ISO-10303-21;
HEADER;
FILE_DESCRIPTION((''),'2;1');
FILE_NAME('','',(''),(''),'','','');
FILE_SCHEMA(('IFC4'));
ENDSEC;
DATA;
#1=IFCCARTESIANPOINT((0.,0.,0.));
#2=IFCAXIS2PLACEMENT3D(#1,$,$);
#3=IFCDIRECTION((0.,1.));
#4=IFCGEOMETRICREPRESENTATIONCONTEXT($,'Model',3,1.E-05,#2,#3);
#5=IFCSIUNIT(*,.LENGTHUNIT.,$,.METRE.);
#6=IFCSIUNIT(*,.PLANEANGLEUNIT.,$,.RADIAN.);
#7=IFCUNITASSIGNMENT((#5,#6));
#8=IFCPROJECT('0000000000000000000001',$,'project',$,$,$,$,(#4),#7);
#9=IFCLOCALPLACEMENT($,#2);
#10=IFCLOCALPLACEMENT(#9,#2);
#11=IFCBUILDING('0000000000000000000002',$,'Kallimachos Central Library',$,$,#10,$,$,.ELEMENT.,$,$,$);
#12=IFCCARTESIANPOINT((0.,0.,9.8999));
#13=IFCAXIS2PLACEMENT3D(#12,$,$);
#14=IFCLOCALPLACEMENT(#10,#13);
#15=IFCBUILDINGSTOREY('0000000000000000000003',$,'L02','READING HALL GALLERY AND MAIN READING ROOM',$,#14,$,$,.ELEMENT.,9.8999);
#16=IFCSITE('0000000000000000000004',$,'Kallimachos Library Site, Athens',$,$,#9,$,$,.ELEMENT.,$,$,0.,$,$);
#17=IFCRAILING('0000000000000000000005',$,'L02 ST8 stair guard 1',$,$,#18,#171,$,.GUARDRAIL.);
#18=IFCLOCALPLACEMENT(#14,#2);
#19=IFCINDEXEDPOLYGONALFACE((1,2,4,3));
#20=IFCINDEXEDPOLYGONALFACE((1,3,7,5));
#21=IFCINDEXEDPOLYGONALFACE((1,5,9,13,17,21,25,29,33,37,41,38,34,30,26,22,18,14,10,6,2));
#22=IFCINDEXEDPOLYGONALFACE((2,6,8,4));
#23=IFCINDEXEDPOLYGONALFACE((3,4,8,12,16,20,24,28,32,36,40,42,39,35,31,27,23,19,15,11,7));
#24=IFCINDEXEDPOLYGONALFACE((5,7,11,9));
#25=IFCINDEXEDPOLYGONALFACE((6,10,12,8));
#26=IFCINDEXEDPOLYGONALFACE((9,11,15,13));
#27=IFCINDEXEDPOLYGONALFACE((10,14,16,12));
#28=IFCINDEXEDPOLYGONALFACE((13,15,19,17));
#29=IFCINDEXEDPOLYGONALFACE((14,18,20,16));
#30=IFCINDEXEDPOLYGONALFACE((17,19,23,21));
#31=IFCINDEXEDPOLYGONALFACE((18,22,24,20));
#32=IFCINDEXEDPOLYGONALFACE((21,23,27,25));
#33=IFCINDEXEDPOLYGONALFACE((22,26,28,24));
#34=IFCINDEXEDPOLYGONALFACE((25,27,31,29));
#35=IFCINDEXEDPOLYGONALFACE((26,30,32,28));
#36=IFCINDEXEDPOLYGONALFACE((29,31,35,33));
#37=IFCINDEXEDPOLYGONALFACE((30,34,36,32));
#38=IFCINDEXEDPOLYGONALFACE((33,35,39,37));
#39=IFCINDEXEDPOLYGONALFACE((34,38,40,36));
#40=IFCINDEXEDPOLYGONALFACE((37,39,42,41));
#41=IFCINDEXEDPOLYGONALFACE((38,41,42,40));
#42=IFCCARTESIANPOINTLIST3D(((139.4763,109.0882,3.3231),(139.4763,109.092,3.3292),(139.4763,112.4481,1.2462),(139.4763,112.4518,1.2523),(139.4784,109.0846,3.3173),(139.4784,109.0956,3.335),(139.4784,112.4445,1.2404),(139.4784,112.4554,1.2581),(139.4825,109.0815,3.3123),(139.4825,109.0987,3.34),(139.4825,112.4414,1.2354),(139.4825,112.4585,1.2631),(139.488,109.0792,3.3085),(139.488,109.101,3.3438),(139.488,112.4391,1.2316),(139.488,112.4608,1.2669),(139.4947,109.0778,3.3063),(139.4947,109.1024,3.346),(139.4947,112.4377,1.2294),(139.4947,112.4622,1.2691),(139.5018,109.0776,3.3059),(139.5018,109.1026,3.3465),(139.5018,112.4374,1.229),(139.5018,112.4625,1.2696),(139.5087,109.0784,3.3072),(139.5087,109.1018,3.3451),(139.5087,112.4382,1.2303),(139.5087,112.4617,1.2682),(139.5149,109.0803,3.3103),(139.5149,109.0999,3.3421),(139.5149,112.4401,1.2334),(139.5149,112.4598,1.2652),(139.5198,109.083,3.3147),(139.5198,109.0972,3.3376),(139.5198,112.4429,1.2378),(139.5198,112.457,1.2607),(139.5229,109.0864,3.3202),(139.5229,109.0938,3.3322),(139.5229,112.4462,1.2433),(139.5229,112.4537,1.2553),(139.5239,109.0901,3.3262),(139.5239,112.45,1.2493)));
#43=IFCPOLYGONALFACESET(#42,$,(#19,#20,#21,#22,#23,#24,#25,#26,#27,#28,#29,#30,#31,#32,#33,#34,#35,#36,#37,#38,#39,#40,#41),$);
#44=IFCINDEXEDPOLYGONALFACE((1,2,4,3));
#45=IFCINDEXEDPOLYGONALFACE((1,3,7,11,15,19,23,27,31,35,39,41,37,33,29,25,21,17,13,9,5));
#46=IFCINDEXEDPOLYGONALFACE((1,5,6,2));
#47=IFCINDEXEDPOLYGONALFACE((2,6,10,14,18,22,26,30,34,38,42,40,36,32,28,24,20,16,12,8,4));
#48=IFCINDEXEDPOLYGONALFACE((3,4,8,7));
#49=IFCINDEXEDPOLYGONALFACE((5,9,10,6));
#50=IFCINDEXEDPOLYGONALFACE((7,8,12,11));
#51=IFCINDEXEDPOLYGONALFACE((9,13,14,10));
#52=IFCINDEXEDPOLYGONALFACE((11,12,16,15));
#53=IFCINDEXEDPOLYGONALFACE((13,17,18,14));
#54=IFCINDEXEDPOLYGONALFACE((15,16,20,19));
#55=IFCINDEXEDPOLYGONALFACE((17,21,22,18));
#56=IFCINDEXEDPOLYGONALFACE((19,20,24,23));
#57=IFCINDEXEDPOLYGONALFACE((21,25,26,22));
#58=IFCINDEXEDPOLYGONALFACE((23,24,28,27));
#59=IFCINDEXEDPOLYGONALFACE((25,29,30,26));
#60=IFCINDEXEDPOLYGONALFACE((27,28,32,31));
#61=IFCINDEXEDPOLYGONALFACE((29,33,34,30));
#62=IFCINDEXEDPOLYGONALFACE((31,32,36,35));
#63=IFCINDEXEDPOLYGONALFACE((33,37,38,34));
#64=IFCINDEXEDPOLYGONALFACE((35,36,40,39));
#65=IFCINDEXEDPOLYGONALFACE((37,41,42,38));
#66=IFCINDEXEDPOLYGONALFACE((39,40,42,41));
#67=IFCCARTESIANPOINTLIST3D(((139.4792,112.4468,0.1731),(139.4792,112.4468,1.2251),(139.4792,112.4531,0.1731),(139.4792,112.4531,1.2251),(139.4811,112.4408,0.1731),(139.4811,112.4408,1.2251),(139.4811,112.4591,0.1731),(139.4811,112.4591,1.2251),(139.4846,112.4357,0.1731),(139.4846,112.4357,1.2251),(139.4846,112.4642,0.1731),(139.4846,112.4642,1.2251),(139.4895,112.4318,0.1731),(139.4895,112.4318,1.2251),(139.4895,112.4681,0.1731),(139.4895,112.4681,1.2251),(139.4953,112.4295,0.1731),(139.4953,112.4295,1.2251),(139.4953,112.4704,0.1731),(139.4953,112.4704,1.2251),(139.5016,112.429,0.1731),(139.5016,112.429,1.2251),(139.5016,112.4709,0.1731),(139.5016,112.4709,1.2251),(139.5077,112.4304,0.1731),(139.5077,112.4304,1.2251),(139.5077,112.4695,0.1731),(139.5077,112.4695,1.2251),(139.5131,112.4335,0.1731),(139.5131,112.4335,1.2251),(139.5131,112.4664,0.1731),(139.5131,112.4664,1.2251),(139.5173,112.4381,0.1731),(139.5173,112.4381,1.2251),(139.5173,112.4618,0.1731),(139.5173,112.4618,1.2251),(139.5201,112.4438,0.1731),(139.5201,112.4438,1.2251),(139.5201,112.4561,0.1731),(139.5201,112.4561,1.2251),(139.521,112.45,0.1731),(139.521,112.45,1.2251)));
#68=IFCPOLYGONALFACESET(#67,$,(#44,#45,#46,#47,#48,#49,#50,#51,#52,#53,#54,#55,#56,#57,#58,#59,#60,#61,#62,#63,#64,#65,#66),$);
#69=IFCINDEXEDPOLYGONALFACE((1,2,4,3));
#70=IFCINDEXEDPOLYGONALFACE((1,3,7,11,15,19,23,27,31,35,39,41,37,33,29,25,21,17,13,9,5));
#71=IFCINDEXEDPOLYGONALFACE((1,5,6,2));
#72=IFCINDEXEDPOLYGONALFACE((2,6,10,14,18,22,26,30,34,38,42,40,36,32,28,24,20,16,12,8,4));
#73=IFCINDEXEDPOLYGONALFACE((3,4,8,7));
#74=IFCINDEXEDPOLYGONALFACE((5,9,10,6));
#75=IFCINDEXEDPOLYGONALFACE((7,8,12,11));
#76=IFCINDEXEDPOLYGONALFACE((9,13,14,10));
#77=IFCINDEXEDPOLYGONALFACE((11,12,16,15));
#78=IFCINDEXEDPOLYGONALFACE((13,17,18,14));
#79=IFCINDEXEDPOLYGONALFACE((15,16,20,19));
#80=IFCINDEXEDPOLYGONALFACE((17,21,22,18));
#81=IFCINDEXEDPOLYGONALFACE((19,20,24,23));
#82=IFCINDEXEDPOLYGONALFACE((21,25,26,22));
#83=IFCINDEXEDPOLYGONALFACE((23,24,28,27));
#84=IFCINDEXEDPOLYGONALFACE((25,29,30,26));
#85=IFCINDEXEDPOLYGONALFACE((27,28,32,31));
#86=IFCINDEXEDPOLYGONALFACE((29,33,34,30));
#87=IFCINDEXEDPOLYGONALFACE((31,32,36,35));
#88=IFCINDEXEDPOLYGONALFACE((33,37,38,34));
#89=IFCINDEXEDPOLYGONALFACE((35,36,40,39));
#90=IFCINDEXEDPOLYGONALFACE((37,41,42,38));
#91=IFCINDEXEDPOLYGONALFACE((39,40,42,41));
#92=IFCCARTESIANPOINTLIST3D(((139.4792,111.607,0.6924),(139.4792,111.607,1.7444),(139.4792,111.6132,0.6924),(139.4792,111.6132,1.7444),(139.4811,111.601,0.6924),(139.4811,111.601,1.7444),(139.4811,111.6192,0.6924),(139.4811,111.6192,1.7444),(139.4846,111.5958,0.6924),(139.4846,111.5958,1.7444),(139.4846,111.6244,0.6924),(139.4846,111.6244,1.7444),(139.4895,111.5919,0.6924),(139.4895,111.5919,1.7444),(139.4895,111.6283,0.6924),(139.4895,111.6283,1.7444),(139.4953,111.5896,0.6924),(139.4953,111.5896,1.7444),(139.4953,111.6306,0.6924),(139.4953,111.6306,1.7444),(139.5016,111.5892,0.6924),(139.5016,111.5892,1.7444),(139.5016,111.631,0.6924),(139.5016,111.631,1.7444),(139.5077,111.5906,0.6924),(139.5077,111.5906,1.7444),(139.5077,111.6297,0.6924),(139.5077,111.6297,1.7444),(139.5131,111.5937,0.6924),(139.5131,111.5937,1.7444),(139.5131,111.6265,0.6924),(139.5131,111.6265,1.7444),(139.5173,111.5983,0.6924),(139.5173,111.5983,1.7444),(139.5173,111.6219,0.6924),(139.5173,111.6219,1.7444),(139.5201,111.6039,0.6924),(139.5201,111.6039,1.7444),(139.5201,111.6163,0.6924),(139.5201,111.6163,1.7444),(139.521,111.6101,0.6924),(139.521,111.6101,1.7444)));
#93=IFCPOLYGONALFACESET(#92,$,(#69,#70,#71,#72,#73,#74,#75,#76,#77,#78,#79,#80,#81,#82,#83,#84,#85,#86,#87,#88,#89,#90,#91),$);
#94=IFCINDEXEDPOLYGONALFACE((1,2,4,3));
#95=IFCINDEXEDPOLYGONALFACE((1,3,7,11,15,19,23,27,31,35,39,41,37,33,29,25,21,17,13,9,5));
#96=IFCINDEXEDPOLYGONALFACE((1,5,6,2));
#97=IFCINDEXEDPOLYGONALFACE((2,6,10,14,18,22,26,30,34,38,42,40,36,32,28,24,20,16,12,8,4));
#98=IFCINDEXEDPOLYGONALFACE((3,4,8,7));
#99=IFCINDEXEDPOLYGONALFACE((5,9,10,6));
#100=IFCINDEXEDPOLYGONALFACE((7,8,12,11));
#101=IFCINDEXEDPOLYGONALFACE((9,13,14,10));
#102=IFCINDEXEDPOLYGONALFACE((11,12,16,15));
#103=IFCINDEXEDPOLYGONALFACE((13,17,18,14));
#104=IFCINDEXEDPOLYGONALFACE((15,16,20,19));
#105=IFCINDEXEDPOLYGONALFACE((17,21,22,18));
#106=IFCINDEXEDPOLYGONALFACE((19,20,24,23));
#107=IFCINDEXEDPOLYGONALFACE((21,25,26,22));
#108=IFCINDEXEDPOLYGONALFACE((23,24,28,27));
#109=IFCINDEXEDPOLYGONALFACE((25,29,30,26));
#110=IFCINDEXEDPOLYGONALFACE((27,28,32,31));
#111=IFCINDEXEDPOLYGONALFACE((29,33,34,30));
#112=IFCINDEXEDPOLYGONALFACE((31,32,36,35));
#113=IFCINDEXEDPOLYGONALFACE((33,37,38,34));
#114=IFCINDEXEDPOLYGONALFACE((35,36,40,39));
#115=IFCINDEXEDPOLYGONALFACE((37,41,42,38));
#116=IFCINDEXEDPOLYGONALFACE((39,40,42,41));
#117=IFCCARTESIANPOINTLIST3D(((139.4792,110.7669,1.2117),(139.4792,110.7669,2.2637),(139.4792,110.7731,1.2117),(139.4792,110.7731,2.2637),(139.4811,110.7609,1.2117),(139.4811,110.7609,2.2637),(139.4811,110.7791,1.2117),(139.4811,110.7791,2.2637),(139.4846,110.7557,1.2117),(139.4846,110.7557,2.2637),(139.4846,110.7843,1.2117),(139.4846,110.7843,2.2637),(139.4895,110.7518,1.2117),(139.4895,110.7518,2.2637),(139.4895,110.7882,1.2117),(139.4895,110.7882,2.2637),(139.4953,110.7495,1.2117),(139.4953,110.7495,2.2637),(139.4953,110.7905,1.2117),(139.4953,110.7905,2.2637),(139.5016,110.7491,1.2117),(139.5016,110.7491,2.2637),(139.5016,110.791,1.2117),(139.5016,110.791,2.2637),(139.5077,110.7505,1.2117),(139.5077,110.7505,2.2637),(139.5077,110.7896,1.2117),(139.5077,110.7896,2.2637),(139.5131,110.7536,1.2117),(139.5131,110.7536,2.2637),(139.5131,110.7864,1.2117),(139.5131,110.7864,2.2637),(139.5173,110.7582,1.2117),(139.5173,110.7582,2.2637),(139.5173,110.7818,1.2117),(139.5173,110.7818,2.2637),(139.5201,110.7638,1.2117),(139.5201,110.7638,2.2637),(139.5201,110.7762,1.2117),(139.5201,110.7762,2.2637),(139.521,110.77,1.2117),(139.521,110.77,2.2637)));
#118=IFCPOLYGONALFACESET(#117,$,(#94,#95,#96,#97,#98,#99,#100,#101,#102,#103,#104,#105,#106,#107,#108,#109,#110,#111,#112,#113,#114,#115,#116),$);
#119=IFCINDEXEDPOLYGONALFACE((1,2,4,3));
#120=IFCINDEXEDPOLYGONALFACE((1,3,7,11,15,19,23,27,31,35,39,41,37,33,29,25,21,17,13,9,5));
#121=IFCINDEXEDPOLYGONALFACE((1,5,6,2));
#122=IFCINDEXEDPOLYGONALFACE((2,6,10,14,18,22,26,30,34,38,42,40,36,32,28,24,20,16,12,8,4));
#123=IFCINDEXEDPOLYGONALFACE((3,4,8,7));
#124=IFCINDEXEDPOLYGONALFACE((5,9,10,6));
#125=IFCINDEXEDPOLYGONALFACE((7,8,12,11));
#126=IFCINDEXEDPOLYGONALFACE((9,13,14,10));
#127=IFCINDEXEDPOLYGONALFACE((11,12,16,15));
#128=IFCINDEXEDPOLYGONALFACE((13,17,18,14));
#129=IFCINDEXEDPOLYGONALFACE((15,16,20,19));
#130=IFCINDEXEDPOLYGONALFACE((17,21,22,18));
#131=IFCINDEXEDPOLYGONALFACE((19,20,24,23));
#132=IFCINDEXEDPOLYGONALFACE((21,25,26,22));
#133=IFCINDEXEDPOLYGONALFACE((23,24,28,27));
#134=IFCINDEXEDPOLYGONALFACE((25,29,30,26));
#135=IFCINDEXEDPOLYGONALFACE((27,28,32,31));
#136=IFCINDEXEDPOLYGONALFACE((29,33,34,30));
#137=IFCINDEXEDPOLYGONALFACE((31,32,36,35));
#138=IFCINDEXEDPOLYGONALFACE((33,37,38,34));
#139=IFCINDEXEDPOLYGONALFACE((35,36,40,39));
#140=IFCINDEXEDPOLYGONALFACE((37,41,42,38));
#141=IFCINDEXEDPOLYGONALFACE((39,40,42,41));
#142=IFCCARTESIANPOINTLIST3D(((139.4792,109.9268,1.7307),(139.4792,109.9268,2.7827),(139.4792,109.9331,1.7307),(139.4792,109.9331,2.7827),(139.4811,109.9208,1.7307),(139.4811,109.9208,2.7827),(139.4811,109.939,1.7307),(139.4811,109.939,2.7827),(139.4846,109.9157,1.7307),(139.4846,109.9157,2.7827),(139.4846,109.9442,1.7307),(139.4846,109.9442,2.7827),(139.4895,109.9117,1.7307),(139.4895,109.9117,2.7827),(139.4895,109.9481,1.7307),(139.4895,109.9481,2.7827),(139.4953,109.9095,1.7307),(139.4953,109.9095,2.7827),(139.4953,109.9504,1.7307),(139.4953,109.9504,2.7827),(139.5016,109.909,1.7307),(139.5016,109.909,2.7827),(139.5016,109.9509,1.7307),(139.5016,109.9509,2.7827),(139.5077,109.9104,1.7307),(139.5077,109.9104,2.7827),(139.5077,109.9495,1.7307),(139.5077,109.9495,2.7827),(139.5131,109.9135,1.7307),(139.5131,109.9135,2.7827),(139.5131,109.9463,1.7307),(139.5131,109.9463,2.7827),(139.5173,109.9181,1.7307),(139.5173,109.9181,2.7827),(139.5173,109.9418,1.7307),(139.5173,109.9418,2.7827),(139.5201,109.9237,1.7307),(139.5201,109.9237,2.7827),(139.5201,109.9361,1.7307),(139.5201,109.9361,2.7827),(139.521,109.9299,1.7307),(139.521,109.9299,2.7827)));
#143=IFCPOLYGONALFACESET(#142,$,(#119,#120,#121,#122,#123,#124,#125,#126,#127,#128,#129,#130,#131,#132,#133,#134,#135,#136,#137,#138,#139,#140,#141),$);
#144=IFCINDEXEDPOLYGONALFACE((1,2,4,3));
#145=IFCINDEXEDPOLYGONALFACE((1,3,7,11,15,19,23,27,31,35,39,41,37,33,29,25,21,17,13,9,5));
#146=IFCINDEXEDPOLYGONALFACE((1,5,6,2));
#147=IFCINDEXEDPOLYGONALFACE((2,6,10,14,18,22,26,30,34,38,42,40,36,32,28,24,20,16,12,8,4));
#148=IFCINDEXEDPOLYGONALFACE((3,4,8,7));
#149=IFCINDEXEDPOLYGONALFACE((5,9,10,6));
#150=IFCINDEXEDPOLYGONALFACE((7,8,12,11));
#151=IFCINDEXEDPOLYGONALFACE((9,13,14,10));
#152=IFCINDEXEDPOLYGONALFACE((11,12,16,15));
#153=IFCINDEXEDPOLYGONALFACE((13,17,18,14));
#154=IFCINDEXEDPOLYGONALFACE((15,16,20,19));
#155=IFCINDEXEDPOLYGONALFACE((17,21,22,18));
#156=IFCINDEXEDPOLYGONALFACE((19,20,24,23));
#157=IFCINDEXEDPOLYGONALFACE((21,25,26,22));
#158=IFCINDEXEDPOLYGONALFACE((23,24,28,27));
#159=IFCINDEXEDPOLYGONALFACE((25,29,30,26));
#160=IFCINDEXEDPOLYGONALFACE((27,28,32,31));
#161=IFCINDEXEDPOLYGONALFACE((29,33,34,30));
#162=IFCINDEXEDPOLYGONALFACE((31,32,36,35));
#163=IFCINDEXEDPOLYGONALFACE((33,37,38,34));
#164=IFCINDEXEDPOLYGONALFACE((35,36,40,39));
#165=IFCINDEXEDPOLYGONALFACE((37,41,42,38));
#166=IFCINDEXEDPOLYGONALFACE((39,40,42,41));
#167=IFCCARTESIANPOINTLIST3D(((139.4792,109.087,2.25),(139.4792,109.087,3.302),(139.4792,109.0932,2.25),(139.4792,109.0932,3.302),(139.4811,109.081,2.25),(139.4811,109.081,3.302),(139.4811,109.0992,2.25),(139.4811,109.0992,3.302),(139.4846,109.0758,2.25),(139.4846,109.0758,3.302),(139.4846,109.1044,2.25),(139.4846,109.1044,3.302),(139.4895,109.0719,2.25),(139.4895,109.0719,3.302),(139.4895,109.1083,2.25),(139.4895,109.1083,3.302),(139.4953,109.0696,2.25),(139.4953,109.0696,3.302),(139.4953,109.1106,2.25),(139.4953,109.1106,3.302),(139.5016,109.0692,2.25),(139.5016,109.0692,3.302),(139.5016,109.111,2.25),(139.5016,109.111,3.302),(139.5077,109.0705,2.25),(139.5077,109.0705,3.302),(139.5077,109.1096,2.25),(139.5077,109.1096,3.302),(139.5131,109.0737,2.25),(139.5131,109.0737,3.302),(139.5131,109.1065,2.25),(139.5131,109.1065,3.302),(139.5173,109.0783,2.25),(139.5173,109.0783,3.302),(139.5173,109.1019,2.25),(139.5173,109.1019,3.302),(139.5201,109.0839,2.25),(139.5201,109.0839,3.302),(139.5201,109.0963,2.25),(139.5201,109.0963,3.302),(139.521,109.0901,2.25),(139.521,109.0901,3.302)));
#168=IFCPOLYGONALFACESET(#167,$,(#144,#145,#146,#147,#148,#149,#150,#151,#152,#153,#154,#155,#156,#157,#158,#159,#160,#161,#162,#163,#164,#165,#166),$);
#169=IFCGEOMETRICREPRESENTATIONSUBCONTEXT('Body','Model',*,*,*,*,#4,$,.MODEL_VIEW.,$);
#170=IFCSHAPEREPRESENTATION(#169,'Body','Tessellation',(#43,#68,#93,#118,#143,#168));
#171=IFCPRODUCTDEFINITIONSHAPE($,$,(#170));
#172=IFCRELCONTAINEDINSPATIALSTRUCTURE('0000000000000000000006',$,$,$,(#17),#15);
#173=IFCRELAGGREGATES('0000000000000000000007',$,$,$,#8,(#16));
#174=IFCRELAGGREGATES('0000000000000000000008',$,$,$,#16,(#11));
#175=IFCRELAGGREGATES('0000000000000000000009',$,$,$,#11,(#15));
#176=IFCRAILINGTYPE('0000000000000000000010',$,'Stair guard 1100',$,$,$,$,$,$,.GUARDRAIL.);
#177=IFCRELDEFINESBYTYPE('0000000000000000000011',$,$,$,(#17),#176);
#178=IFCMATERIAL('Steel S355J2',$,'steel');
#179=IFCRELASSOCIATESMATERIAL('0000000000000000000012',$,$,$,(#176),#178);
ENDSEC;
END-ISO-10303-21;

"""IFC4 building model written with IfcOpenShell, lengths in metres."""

from ifc_helpers import new_model, si_unit, direction, frame, origin, origin_2d, place, context, subcontext, project, spatial, circle, extrude, material, type_object, element, save


model = new_model("IFC4")

# Units and contexts
model_context = context("Model", 3, precision=1e-05, world=origin(), true_north=direction((0.0, 1.0)))
body_context = subcontext(model_context, "Body", "Model", "MODEL_VIEW")
ifc_project = project(units=[si_unit("LENGTHUNIT", "METRE"), si_unit("PLANEANGLEUNIT", "RADIAN")], contexts=[model_context])

# Site, building, storey
site_placement = place(None, origin())
site = spatial("IfcSite", under=ifc_project, at=site_placement, Name="Kallimachos Library Site, Athens", CompositionType="ELEMENT", RefElevation=0.0)
building_placement = place(site_placement, origin())
building = spatial("IfcBuilding", under=site, at=building_placement, Name="Kallimachos Central Library", CompositionType="ELEMENT")
storey_placement = place(building_placement, frame((0.0, 0.0, 9.8999)))
storey = spatial("IfcBuildingStorey", under=building, at=storey_placement, Name="L02", Description="READING HALL GALLERY AND MAIN READING ROOM", CompositionType="ELEMENT", Elevation=9.8999)

# Railing
ifc_material_1 = material(Name="Steel S355J2", Category="steel")
railing_type_1 = type_object("IfcRailingType", Name="Stair guard 1100", PredefinedType="GUARDRAIL", material=ifc_material_1)
railing_1_placement = place(storey_placement, frame((139.5, 112.45, 0.1731)))
element("IfcRailing", 1, at=railing_1_placement, inside=storey, type_object=railing_type_1, Name="L02 ST8 stair guard 1", PredefinedType="GUARDRAIL", context=body_context, shape_type="SweptSolid", body=[
    extrude(circle(Radius=0.0239, at=origin_2d()), frame((0.0, 0.0, 1.0762), z_axis=(0.0, -0.850606, 0.525803), x_axis=(1.0, 0.0, 0.0)), (0.0, 0.0, 1.0), 3.95),
    extrude(circle(Radius=0.021, at=origin_2d()), origin(), (0.0, 0.0, 1.0), 1.052),
    extrude(circle(Radius=0.021, at=origin_2d()), frame((0.0, -0.8398, 0.5193)), (0.0, 0.0, 1.0), 1.052),
    extrude(circle(Radius=0.021, at=origin_2d()), frame((0.0, -1.6799, 1.0386)), (0.0, 0.0, 1.0), 1.052),
    extrude(circle(Radius=0.021, at=origin_2d()), frame((0.0, -2.52, 1.5576)), (0.0, 0.0, 1.0), 1.052),
    extrude(circle(Radius=0.021, at=origin_2d()), frame((0.0, -3.3599, 2.0769)), (0.0, 0.0, 1.0), 1.052),
])

save(model, "model.ifc")
